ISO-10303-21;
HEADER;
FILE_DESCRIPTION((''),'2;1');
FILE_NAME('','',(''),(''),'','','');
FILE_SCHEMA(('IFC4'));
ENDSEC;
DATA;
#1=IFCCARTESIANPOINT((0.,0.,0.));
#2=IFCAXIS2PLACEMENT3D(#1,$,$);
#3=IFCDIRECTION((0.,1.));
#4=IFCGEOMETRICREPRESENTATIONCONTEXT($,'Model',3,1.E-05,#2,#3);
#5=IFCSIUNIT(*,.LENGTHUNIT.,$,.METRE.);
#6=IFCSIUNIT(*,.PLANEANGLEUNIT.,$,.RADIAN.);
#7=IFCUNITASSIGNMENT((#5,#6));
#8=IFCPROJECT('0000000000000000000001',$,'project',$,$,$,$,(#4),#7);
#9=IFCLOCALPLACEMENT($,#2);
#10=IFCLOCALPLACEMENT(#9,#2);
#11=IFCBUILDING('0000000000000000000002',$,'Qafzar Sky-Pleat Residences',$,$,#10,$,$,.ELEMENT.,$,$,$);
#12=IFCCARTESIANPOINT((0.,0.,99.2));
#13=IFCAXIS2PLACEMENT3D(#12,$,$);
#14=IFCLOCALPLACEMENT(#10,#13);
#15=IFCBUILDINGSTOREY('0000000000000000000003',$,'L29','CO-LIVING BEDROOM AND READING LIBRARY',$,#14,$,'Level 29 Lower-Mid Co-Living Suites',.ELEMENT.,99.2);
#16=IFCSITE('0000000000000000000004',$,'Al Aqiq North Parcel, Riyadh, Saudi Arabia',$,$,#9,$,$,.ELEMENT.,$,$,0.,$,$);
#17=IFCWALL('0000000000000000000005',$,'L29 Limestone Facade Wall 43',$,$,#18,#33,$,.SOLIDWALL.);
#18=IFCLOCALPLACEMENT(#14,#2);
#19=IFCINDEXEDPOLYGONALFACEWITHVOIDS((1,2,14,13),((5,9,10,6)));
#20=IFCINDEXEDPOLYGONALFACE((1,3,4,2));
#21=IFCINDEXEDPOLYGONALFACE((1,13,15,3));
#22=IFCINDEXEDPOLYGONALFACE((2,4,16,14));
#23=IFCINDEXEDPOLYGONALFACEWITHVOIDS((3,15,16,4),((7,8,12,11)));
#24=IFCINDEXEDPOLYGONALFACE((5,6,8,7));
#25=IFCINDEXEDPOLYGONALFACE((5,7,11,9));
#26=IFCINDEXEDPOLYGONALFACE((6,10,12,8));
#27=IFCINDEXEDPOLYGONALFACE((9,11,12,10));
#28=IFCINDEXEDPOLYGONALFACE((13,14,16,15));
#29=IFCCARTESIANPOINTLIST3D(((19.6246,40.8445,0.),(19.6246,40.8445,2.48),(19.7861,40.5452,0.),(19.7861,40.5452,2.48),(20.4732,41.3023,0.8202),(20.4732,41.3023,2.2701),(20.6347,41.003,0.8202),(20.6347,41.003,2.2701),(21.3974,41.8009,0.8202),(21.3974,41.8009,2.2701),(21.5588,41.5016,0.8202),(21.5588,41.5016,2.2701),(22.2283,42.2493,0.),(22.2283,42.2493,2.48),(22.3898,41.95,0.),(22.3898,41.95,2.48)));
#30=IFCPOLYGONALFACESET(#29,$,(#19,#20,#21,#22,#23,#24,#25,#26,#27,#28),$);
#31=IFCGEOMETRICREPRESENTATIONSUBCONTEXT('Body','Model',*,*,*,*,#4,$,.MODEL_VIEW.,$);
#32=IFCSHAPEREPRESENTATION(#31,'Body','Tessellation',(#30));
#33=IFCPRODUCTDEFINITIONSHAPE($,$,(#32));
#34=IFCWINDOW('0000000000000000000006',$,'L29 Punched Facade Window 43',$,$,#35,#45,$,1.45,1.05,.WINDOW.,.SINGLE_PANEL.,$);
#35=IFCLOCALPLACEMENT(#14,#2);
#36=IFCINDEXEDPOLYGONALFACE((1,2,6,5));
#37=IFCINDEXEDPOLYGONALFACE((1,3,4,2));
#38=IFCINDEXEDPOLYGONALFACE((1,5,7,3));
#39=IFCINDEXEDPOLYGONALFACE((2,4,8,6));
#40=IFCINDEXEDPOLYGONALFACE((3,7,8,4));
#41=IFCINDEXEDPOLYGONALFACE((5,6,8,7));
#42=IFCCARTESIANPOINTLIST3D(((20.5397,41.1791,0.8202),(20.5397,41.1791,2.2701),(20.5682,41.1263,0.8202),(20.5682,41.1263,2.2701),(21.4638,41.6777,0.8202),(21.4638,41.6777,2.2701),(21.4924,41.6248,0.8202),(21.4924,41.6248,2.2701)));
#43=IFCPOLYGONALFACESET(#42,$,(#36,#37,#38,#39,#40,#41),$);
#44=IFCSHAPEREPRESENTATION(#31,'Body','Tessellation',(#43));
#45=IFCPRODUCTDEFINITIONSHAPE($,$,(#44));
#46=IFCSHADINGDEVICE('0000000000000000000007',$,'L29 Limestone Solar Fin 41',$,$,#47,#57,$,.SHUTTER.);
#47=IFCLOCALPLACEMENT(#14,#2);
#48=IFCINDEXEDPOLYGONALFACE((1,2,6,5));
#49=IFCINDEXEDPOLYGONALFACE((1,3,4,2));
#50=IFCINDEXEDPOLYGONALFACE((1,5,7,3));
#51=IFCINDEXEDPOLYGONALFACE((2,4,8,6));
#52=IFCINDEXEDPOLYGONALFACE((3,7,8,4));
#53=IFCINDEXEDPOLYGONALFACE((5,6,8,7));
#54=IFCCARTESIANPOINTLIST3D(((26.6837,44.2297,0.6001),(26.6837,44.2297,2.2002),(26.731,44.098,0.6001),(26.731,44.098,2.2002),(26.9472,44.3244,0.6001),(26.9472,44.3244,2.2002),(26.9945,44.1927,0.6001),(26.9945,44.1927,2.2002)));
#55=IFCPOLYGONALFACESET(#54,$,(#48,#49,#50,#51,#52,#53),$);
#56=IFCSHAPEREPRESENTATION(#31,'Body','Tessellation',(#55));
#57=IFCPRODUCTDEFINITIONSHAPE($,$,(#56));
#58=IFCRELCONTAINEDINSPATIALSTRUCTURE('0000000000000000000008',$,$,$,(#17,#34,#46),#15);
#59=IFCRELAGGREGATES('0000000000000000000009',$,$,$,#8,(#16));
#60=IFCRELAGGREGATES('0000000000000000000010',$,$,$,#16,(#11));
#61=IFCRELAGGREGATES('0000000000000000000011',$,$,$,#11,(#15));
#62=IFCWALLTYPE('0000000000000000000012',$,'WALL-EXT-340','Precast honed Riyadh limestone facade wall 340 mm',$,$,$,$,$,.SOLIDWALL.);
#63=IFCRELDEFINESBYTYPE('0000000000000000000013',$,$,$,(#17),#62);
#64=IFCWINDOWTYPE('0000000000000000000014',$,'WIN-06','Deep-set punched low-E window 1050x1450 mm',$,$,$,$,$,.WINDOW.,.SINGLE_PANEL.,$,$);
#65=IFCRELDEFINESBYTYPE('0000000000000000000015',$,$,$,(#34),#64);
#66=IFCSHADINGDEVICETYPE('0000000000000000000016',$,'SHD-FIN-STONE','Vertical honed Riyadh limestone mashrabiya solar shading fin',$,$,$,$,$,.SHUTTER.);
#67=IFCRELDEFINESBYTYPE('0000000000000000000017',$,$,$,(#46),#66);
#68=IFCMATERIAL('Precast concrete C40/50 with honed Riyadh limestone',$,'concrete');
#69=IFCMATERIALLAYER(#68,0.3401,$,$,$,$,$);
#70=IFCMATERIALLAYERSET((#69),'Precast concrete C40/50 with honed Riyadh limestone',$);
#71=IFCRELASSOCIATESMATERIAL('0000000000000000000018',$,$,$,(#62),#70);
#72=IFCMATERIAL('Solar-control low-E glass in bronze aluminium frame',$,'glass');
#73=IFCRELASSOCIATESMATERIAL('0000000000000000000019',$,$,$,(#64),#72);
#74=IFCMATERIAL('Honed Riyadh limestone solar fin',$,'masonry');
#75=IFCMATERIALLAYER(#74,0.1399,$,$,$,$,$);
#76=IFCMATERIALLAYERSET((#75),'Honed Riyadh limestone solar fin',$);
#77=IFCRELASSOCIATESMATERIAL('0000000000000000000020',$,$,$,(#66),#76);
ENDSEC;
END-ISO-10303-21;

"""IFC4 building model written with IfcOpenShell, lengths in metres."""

from ifc_helpers import new_model, si_unit, direction, frame, frame_2d, origin, origin_2d, place, context, subcontext, project, spatial, rectangle, extrude, source, transform, mapped, material, layer, layer_set, type_object, element, fill, save


model = new_model("IFC4")

# Units and contexts
model_context = context("Model", 3, precision=1e-05, world=origin(), true_north=direction((0.0, 1.0)))
body_context = subcontext(model_context, "Body", "Model", "MODEL_VIEW")
ifc_project = project(units=[si_unit("LENGTHUNIT", "METRE"), si_unit("PLANEANGLEUNIT", "RADIAN")], contexts=[model_context])

# Site, building, storey
site_placement = place(None, origin())
site = spatial("IfcSite", under=ifc_project, at=site_placement, Name="Al Aqiq North Parcel, Riyadh, Saudi Arabia", CompositionType="ELEMENT", RefElevation=0.0)
building_placement = place(site_placement, origin())
building = spatial("IfcBuilding", under=site, at=building_placement, Name="Qafzar Sky-Pleat Residences", CompositionType="ELEMENT")
storey_placement = place(building_placement, frame((0.0, 0.0, 99.2)))
storey = spatial("IfcBuildingStorey", under=building, at=storey_placement, Name="L29", Description="CO-LIVING BEDROOM AND READING LIBRARY", LongName="Level 29 Lower-Mid Co-Living Suites", CompositionType="ELEMENT", Elevation=99.2)

# Shared definitions
ifc_material_1 = material(Name="Precast concrete C40/50 with honed Riyadh limestone", Category="concrete")
ifc_layer_1 = layer(ifc_material_1, 0.3401)
ifc_layer_set_1 = layer_set([ifc_layer_1], Name="Precast concrete C40/50 with honed Riyadh limestone")
wall_type_1 = type_object("IfcWallType", Name="WALL-EXT-340", Description="Precast honed Riyadh limestone facade wall 340 mm", PredefinedType="SOLIDWALL", material=ifc_layer_set_1)
ifc_material_2 = material(Name="Solar-control low-E glass in bronze aluminium frame", Category="glass")

# Wall, opening, window
wall_1_placement = place(storey_placement, frame((22.3091, 42.0996, 0.0), z_axis=(0.0, 0.0, 1.0), x_axis=(-0.880081, -0.474823, 0.0)))
wall_1 = element("IfcWall", 1, at=wall_1_placement, inside=storey, type_object=wall_type_1, Name="L29 Limestone Facade Wall 43", PredefinedType="SOLIDWALL", context=body_context, shape_type="SweptSolid", body=[
    extrude(rectangle(XDim=2.9585, YDim=0.3401, at=frame_2d((1.4792, 0.0))), origin(), (0.0, 0.0, 1.0), 2.48),
])
opening_1_placement = place(wall_1_placement, frame((0.9443, 0.0, 0.8201)))
opening_1 = element("IfcOpeningElement", 2, at=opening_1_placement, cuts=wall_1, PredefinedType="OPENING", context=body_context, shape_type="SweptSolid", body=[
    extrude(rectangle(XDim=1.05, YDim=1.45, at=frame_2d((0.5249, 0.7251))), frame((0.0, 0.1802, 0.0), z_axis=(0.0, -1.0, 0.0), x_axis=(1.0, 0.0, 0.0)), (0.0, 0.0, 1.0), 0.3601),
])
window_type_1 = type_object("IfcWindowType", Name="WIN-06", Description="Deep-set punched low-E window 1050x1450 mm", PartitioningType="SINGLE_PANEL", PredefinedType="WINDOW", material=ifc_material_2)
shared_shape_1 = source(origin(), body_context, "Body", "SweptSolid", [
    extrude(rectangle(XDim=1.05, YDim=1.45, at=frame_2d((0.5249, 0.7251))), frame((0.0, 0.03, 0.0), z_axis=(0.0, -1.0, 0.0), x_axis=(1.0, 0.0, 0.0)), (0.0, 0.0, 1.0), 0.0601),
])
window_1_placement = place(opening_1_placement, origin())
window_1 = element("IfcWindow", 3, at=window_1_placement, inside=storey, type_object=window_type_1, Name="L29 Punched Facade Window 43", OverallHeight=1.45, OverallWidth=1.05, PartitioningType="SINGLE_PANEL", PredefinedType="WINDOW", context=body_context, shape_type="MappedRepresentation", body=[
    mapped(shared_shape_1, transform((0.0, 0.0, 0.0), x_axis=(1.0, 0.0, 0.0), y_axis=(0.0, 1.0, 0.0), z_axis=(0.0, 0.0, 1.0), scale=1.0)),
])
fill(opening_1, window_1)

# Shading device
ifc_material_3 = material(Name="Honed Riyadh limestone solar fin", Category="masonry")
ifc_layer_2 = layer(ifc_material_3, 0.1399)
ifc_layer_set_2 = layer_set([ifc_layer_2], Name="Honed Riyadh limestone solar fin")
shading_device_type = type_object("IfcShadingDeviceType", Name="SHD-FIN-STONE", Description="Vertical honed Riyadh limestone mashrabiya solar shading fin", PredefinedType="SHUTTER", material=ifc_layer_set_2)
shared_shape_2 = source(origin(), body_context, "Body", "SweptSolid", [
    extrude(rectangle(XDim=0.1399, YDim=0.28, at=origin_2d()), origin(), (0.0, 0.0, 1.0), 1.6001),
])
shading_device_placement = place(storey_placement, frame((26.8391, 44.2112, 0.6001), z_axis=(0.0, 0.0, 1.0), x_axis=(-0.338159, 0.941089, 0.0)))
element("IfcShadingDevice", 4, at=shading_device_placement, inside=storey, type_object=shading_device_type, Name="L29 Limestone Solar Fin 41", PredefinedType="SHUTTER", context=body_context, shape_type="MappedRepresentation", body=[
    mapped(shared_shape_2, transform((0.0, 0.0, 0.0), x_axis=(1.0, 0.0, 0.0), y_axis=(0.0, 1.0, 0.0), z_axis=(0.0, 0.0, 1.0), scale=1.0)),
])

save(model, "model.ifc")
